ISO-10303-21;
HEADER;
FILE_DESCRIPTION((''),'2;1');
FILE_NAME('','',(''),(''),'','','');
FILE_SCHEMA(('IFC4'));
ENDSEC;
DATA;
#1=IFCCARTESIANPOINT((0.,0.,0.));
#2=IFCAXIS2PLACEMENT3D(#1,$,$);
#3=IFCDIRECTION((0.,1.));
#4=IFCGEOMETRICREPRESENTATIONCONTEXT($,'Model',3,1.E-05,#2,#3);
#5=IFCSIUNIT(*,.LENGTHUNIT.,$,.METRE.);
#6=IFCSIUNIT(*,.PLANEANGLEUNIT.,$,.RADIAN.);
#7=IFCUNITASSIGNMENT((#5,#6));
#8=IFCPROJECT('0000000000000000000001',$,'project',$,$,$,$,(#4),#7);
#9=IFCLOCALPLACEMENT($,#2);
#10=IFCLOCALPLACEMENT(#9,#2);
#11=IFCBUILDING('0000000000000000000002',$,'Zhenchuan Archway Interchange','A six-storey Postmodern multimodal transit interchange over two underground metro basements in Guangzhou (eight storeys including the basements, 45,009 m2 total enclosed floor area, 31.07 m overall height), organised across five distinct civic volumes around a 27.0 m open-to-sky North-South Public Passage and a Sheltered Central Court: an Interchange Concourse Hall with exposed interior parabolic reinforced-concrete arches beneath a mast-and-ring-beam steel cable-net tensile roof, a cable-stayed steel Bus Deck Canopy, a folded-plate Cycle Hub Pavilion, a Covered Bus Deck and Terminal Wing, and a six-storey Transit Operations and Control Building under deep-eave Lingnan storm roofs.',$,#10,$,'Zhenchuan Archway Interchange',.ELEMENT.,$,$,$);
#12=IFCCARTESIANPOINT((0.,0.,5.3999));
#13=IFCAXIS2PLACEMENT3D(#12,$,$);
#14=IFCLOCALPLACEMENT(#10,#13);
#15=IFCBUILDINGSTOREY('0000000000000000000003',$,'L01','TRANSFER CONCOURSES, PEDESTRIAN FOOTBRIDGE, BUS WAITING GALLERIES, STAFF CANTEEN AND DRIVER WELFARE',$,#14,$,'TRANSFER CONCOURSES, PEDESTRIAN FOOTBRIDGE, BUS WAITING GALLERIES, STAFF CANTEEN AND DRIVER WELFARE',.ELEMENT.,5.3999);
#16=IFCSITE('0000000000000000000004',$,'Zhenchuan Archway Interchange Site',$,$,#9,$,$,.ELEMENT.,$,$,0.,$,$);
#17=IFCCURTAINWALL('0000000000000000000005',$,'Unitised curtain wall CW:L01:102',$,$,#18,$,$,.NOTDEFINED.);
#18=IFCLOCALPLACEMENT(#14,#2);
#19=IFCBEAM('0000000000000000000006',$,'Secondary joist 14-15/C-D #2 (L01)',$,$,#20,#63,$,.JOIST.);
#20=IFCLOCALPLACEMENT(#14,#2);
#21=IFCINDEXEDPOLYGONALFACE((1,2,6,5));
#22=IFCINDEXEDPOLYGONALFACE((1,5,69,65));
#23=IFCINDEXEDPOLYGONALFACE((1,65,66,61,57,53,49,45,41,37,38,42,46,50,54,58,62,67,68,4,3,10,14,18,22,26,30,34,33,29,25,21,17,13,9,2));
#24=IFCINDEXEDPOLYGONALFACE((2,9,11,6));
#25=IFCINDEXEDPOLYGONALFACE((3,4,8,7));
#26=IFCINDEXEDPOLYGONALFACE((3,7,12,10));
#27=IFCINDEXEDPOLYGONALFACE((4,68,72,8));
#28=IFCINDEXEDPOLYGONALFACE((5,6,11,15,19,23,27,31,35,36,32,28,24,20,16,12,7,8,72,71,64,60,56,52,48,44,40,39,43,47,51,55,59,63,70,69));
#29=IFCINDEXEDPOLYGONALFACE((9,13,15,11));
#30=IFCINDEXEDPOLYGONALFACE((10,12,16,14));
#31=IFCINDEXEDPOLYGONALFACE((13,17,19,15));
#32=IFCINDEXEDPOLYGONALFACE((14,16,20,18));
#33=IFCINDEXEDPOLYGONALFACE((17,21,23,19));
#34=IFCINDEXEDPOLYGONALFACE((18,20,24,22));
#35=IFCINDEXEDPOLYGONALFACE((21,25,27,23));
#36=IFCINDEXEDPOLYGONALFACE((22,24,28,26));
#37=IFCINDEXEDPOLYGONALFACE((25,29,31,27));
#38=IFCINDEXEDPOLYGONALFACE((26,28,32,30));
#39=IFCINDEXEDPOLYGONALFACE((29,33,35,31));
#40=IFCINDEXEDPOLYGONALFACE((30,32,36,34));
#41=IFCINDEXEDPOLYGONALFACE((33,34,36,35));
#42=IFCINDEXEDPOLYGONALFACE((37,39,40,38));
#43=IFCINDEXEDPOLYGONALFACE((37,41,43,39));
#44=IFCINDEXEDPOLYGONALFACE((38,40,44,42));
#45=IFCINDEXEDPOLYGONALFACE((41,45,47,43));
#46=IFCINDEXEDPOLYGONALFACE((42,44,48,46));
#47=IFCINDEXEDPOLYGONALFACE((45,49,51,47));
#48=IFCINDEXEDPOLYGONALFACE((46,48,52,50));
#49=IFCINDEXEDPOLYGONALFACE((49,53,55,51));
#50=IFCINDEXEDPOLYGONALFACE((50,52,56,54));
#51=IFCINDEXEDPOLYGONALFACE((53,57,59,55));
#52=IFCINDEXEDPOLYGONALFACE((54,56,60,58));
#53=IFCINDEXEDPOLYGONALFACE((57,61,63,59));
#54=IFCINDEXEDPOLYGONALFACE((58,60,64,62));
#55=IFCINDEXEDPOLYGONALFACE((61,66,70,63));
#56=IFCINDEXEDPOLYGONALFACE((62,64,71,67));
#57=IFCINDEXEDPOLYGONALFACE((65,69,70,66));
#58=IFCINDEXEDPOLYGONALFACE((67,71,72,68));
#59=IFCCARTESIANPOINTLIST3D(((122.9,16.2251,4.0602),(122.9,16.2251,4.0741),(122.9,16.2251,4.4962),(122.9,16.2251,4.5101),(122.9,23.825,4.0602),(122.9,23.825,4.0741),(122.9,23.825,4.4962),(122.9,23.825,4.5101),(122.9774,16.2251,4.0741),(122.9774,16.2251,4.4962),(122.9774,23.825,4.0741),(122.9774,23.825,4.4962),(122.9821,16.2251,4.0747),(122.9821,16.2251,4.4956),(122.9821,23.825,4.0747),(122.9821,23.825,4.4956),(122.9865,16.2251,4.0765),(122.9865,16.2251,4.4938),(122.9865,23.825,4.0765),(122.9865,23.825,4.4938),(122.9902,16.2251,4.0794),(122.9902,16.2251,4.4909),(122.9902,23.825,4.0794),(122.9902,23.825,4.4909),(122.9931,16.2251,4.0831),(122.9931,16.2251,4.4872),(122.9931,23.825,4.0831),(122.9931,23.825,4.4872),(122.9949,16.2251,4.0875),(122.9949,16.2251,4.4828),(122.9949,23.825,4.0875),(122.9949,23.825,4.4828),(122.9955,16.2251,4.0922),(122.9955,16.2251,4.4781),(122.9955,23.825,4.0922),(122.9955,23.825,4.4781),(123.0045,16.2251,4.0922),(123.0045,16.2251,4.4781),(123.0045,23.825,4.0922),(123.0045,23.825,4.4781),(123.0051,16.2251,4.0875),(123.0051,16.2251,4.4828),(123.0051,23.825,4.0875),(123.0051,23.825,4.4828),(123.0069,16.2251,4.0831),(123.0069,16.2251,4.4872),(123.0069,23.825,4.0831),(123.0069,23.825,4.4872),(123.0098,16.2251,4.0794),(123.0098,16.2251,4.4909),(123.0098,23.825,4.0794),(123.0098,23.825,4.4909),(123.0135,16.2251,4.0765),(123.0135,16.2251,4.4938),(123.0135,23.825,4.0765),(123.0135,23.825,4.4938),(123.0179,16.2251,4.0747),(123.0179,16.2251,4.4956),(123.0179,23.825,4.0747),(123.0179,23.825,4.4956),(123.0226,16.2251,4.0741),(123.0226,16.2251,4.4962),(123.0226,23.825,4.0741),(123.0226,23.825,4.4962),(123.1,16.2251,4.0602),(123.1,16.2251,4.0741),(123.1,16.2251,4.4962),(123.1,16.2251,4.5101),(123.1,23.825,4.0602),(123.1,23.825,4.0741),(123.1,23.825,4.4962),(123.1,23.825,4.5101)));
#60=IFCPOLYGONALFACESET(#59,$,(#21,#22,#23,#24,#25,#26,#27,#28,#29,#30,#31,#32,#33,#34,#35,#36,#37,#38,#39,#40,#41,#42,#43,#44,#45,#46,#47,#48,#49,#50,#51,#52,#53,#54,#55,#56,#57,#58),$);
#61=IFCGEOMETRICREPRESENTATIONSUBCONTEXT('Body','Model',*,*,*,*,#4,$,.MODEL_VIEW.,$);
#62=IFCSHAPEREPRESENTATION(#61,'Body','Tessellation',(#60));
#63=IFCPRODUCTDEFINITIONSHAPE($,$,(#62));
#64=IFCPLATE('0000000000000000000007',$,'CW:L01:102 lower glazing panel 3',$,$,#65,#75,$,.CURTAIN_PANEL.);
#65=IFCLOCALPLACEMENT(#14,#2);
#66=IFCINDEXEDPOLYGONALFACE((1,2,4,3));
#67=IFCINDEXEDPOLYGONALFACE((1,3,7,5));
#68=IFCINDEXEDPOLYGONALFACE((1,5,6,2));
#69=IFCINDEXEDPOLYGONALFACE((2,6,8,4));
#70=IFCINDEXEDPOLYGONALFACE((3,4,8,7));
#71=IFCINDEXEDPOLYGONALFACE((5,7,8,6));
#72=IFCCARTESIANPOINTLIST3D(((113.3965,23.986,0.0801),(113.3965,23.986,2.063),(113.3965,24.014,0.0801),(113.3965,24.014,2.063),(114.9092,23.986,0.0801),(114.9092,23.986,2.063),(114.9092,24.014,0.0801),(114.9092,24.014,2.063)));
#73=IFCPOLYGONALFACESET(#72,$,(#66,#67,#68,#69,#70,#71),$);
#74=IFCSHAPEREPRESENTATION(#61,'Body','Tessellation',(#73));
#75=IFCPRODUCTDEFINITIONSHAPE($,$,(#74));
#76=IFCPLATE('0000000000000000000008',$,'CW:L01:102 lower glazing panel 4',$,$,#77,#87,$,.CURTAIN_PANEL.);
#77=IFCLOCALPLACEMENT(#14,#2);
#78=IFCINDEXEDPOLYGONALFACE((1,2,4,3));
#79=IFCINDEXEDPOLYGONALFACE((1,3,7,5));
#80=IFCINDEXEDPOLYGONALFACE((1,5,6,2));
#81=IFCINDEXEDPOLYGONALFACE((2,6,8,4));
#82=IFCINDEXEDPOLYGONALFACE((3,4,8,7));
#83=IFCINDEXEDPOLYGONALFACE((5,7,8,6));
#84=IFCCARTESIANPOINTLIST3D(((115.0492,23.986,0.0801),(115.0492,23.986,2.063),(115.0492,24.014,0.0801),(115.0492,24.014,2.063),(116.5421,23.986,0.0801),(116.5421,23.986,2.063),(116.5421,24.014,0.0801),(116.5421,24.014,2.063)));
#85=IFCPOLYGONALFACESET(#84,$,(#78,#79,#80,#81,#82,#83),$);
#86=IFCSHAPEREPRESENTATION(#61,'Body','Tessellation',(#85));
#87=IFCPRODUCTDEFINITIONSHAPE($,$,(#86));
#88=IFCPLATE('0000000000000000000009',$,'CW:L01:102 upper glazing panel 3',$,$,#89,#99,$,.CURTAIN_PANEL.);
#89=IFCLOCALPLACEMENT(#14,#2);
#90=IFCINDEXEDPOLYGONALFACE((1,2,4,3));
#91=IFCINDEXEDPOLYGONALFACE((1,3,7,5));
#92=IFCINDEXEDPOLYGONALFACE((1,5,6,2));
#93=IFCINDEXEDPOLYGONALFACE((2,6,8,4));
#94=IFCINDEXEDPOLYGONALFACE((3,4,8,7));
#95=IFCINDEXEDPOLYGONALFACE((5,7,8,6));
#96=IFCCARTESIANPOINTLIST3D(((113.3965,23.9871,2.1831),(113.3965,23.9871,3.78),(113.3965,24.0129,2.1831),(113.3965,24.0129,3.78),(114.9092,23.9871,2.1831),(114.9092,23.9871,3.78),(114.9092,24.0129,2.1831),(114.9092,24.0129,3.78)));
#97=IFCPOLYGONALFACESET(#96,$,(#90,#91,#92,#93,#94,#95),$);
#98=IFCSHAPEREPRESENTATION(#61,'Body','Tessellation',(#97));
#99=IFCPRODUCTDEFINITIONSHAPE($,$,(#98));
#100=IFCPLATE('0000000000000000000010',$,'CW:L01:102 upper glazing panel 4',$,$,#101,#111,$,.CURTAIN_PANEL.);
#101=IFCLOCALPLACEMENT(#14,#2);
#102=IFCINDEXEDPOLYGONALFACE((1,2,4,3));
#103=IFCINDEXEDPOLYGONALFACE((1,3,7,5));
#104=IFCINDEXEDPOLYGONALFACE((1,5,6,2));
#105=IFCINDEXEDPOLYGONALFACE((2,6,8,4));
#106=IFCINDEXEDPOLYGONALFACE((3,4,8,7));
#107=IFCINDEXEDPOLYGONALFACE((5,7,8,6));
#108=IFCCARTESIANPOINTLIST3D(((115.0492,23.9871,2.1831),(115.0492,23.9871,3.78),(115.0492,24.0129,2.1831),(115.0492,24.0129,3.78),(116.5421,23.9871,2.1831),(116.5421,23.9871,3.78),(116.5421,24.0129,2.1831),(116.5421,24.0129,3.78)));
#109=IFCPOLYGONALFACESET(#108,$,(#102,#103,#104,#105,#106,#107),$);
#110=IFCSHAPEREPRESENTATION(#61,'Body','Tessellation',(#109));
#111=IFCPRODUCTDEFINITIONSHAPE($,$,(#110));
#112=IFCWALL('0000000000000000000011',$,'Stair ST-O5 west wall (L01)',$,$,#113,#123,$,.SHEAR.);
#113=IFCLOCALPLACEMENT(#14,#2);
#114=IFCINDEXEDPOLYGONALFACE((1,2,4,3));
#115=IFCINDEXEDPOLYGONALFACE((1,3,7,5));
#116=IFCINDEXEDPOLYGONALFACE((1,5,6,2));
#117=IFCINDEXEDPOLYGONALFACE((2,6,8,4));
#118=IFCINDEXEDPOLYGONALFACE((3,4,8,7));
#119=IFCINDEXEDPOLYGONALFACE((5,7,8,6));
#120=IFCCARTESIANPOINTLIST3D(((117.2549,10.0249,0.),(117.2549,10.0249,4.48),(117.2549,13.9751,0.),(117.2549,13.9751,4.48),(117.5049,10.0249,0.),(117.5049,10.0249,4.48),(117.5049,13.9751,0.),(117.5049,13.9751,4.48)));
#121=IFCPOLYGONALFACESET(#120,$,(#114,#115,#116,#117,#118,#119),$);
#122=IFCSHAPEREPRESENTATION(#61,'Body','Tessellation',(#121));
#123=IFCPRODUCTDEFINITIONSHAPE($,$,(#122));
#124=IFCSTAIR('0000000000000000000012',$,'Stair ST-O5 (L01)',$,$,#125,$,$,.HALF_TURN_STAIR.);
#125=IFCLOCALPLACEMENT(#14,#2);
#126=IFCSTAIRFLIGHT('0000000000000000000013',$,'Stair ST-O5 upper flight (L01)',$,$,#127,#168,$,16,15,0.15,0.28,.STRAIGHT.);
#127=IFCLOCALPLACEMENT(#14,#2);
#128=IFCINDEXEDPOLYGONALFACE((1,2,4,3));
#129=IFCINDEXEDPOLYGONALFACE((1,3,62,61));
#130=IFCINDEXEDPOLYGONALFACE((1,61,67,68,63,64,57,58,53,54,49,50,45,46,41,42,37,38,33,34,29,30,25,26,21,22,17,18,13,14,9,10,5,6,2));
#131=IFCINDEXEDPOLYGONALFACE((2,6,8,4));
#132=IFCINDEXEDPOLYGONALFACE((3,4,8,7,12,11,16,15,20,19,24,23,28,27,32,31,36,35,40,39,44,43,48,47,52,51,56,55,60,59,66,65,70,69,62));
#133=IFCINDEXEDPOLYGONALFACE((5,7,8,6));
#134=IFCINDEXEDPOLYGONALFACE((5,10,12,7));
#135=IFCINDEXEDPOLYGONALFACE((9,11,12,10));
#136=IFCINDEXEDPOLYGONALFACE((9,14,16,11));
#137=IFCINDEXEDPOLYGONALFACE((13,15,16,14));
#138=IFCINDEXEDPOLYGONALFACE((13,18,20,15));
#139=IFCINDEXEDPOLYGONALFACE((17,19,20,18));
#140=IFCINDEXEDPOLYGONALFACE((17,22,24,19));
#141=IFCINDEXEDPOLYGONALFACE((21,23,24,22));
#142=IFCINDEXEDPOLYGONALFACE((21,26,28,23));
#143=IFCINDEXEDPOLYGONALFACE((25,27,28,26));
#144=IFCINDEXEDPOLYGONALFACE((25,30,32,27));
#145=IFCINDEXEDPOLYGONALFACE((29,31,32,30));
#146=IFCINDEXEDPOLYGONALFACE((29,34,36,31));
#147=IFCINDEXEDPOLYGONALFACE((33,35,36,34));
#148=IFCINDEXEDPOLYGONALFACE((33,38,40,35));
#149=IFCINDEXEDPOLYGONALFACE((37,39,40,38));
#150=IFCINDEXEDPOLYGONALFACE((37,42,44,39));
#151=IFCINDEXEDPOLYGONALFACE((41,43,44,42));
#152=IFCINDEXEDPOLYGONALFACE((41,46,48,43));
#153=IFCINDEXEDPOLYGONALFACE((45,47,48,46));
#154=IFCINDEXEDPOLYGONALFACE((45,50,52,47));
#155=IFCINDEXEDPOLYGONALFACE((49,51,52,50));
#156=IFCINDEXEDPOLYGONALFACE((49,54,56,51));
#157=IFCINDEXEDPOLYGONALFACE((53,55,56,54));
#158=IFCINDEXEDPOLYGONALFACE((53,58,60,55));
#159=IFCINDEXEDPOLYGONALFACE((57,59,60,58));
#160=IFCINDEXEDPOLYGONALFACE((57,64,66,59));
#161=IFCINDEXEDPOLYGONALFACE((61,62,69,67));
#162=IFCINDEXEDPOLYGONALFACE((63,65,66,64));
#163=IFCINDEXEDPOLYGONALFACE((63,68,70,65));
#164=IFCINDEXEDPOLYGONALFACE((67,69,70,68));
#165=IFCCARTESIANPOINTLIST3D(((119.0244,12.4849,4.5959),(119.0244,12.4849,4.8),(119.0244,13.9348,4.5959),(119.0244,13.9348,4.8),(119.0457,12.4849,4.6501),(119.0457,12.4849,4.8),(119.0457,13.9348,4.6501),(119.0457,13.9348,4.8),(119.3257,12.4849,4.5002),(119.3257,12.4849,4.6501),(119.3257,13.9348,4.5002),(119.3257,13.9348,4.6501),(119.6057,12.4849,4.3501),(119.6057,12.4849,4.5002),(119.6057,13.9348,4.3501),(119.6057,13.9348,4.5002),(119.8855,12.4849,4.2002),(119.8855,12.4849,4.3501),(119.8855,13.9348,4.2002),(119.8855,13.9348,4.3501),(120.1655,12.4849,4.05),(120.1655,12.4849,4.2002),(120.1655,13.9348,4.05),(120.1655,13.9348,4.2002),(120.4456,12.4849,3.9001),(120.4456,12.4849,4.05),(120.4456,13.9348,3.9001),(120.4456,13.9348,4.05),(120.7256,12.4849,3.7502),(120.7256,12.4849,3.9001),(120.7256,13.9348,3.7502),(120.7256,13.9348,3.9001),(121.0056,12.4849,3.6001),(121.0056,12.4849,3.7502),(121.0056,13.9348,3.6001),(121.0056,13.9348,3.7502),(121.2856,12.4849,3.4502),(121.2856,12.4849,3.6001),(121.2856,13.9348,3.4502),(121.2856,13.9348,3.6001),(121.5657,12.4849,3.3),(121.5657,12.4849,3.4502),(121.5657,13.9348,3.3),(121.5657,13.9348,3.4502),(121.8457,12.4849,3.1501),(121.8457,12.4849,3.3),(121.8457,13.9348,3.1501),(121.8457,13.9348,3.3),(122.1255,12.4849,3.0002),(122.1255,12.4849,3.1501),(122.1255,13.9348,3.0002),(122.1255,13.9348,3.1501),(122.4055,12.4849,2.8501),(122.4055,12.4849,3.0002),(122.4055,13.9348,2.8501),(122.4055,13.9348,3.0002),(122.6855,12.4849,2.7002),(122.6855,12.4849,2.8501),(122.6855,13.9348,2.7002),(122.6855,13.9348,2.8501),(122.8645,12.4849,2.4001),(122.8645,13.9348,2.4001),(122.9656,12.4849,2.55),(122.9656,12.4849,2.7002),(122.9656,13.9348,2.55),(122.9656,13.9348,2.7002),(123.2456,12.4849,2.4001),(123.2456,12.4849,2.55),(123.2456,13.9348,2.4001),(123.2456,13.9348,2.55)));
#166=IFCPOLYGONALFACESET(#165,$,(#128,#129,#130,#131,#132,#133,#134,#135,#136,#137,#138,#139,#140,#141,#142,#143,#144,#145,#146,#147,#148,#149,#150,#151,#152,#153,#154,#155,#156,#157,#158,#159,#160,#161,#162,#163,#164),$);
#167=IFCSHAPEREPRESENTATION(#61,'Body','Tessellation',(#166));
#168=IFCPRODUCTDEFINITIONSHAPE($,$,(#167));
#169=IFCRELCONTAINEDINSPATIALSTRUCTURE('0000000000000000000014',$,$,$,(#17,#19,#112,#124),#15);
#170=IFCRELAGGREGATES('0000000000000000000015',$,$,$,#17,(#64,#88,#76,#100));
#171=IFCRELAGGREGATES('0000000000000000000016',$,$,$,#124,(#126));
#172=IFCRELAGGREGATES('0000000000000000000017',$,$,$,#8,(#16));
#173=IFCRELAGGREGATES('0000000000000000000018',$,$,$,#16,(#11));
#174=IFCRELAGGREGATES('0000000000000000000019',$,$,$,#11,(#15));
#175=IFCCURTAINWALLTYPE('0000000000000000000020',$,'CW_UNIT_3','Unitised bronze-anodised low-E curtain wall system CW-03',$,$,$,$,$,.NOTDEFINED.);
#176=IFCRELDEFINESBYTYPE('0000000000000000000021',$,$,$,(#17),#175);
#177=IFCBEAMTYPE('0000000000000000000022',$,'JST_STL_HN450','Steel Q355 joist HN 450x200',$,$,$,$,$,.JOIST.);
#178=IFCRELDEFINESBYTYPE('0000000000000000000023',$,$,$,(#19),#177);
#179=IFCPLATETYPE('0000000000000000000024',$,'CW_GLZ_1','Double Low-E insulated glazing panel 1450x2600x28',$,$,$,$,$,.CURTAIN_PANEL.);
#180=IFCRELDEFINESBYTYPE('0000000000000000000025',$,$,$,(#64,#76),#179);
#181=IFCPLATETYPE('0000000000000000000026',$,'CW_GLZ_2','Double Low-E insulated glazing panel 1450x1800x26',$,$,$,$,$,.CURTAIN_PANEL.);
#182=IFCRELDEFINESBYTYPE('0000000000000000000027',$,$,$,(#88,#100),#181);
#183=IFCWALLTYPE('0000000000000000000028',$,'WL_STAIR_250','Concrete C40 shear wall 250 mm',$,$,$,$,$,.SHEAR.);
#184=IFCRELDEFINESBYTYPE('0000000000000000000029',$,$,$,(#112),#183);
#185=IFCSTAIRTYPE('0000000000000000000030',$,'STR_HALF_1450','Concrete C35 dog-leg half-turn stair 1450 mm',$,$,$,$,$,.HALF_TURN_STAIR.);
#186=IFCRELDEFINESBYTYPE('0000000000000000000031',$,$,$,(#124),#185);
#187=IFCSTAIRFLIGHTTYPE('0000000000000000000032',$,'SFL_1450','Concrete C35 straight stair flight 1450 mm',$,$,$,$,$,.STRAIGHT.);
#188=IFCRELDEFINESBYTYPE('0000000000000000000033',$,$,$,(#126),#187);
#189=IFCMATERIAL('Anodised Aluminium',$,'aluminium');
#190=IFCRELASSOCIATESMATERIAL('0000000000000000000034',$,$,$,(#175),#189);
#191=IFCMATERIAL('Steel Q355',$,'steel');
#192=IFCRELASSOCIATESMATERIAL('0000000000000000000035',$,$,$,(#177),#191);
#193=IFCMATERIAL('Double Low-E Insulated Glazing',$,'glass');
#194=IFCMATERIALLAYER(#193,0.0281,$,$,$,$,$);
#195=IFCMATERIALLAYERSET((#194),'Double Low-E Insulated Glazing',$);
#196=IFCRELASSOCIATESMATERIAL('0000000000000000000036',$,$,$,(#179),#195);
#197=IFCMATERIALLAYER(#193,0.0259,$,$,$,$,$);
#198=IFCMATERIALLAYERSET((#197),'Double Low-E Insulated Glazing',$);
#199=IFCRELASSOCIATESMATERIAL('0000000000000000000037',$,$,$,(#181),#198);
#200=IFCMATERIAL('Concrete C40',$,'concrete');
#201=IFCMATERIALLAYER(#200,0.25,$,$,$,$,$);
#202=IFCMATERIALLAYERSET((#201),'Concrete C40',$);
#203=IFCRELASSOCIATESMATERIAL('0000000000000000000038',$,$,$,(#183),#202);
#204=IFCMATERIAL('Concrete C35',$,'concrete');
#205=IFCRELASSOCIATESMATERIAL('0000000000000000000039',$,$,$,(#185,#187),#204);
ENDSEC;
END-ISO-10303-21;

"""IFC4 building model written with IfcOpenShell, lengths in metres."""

from ifc_helpers import new_model, si_unit, direction, frame, frame_2d, origin, origin_2d, place, context, subcontext, project, spatial, polyline, rectangle, i_section, outline, extrude, material, layer, layer_set, material_profile, profile_set, type_object, element, aggregate, save


model = new_model("IFC4")

# Units and contexts
model_context = context("Model", 3, precision=1e-05, world=origin(), true_north=direction((0.0, 1.0)))
body_context = subcontext(model_context, "Body", "Model", "MODEL_VIEW")
ifc_project = project(units=[si_unit("LENGTHUNIT", "METRE"), si_unit("PLANEANGLEUNIT", "RADIAN")], contexts=[model_context])

# Site, building, storey
site_placement = place(None, origin())
site = spatial("IfcSite", under=ifc_project, at=site_placement, Name="Zhenchuan Archway Interchange Site", CompositionType="ELEMENT", RefElevation=0.0)
building_placement = place(site_placement, origin())
building = spatial("IfcBuilding", under=site, at=building_placement, Name="Zhenchuan Archway Interchange", Description="A six-storey Postmodern multimodal transit interchange over two underground metro basements in Guangzhou (eight storeys including the basements, 45,009 m2 total enclosed floor area, 31.07 m overall height), organised across five distinct civic volumes around a 27.0 m open-to-sky North-South Public Passage and a Sheltered Central Court: an Interchange Concourse Hall with exposed interior parabolic reinforced-concrete arches beneath a mast-and-ring-beam steel cable-net tensile roof, a cable-stayed steel Bus Deck Canopy, a folded-plate Cycle Hub Pavilion, a Covered Bus Deck and Terminal Wing, and a six-storey Transit Operations and Control Building under deep-eave Lingnan storm roofs.", LongName="Zhenchuan Archway Interchange", CompositionType="ELEMENT")
storey_placement = place(building_placement, frame((0.0, 0.0, 5.3999)))
storey = spatial("IfcBuildingStorey", under=building, at=storey_placement, Name="L01", Description="TRANSFER CONCOURSES, PEDESTRIAN FOOTBRIDGE, BUS WAITING GALLERIES, STAFF CANTEEN AND DRIVER WELFARE", LongName="TRANSFER CONCOURSES, PEDESTRIAN FOOTBRIDGE, BUS WAITING GALLERIES, STAFF CANTEEN AND DRIVER WELFARE", CompositionType="ELEMENT", Elevation=5.3999)

# Shared definitions
ifc_material_1 = material(Name="Concrete C40", Category="concrete")

# Curtain wall
ifc_material_2 = material(Name="Anodised Aluminium", Category="aluminium")
curtain_wall_type = type_object("IfcCurtainWallType", Name="CW_UNIT_3", Description="Unitised bronze-anodised low-E curtain wall system CW-03", PredefinedType="NOTDEFINED", material=ifc_material_2)
curtain_wall_placement = place(storey_placement, origin())
curtain_wall = element("IfcCurtainWall", 1, at=curtain_wall_placement, inside=storey, type_object=curtain_wall_type, Name="Unitised curtain wall CW:L01:102", PredefinedType="NOTDEFINED")

# Beam
ifc_material_3 = material(Name="Steel Q355", Category="steel")
ifc_material_profile_1 = material_profile(ifc_material_3, i_section(OverallWidth=0.2, OverallDepth=0.45, WebThickness=0.009, FlangeThickness=0.0139, FilletRadius=0.0181, at=origin_2d()), Name="HN 450x200")
ifc_profile_set_1 = profile_set([ifc_material_profile_1], Name="Steel Q355")
beam_type_1 = type_object("IfcBeamType", Name="JST_STL_HN450", Description="Steel Q355 joist HN 450x200", PredefinedType="JOIST", material=ifc_profile_set_1)
for number, where, z_axis, x_axis, name in (
    (2, (123.0, 16.2251, 4.2852), (0.0, 1.0, 0.0), (-1.0, 0.0, 0.0), "Secondary joist 14-15/C-D #2 (L01)"),
):
    element("IfcBeam", number, at=place(storey_placement, frame(where, z_axis=z_axis, x_axis=x_axis)), inside=storey, type_object=beam_type_1, Name=name, PredefinedType="JOIST", context=body_context, shape_type="SweptSolid", body=[
        extrude(i_section(OverallWidth=0.2, OverallDepth=0.45, WebThickness=0.009, FlangeThickness=0.0139, FilletRadius=0.0181, at=origin_2d()), origin(), (0.0, 0.0, 1.0), 7.5999),
    ])

# Plates
ifc_material_4 = material(Name="Double Low-E Insulated Glazing", Category="glass")
ifc_layer_1 = layer(ifc_material_4, 0.0281)
ifc_layer_set_1 = layer_set([ifc_layer_1], Name="Double Low-E Insulated Glazing")
plate_type_1 = type_object("IfcPlateType", Name="CW_GLZ_1", Description="Double Low-E insulated glazing panel 1450x2600x28", PredefinedType="CURTAIN_PANEL", material=ifc_layer_set_1)
plate_1_placement = place(storey_placement, frame((114.1528, 24.0, 0.0801), z_axis=(0.0, 0.0, 1.0), x_axis=(1.0, 0.0, 0.0)))
plate_1 = element("IfcPlate", 3, at=plate_1_placement, type_object=plate_type_1, Name="CW:L01:102 lower glazing panel 3", PredefinedType="CURTAIN_PANEL", context=body_context, shape_type="SweptSolid", body=[
    extrude(rectangle(XDim=1.5127, YDim=0.0281, at=origin_2d()), origin(), (0.0, 0.0, 1.0), 1.9829),
])
plate_2_placement = place(storey_placement, frame((115.7957, 24.0, 0.0801), z_axis=(0.0, 0.0, 1.0), x_axis=(1.0, 0.0, 0.0)))
plate_2 = element("IfcPlate", 4, at=plate_2_placement, type_object=plate_type_1, Name="CW:L01:102 lower glazing panel 4", PredefinedType="CURTAIN_PANEL", context=body_context, shape_type="SweptSolid", body=[
    extrude(rectangle(XDim=1.4929, YDim=0.0281, at=origin_2d()), origin(), (0.0, 0.0, 1.0), 1.9829),
])
ifc_layer_2 = layer(ifc_material_4, 0.0259)
ifc_layer_set_2 = layer_set([ifc_layer_2], Name="Double Low-E Insulated Glazing")
plate_type_2 = type_object("IfcPlateType", Name="CW_GLZ_2", Description="Double Low-E insulated glazing panel 1450x1800x26", PredefinedType="CURTAIN_PANEL", material=ifc_layer_set_2)
plate_3_placement = place(storey_placement, frame((114.1528, 24.0, 2.1831), z_axis=(0.0, 0.0, 1.0), x_axis=(1.0, 0.0, 0.0)))
plate_3 = element("IfcPlate", 5, at=plate_3_placement, type_object=plate_type_2, Name="CW:L01:102 upper glazing panel 3", PredefinedType="CURTAIN_PANEL", context=body_context, shape_type="SweptSolid", body=[
    extrude(rectangle(XDim=1.5127, YDim=0.0259, at=origin_2d()), origin(), (0.0, 0.0, 1.0), 1.5969),
])
plate_4_placement = place(storey_placement, frame((115.7957, 24.0, 2.1831), z_axis=(0.0, 0.0, 1.0), x_axis=(1.0, 0.0, 0.0)))
plate_4 = element("IfcPlate", 6, at=plate_4_placement, type_object=plate_type_2, Name="CW:L01:102 upper glazing panel 4", PredefinedType="CURTAIN_PANEL", context=body_context, shape_type="SweptSolid", body=[
    extrude(rectangle(XDim=1.4929, YDim=0.0259, at=origin_2d()), origin(), (0.0, 0.0, 1.0), 1.5969),
])
aggregate(curtain_wall, [plate_1, plate_3, plate_2, plate_4])

# Wall
ifc_layer_3 = layer(ifc_material_1, 0.25)
ifc_layer_set_3 = layer_set([ifc_layer_3], Name="Concrete C40")
wall_type = type_object("IfcWallType", Name="WL_STAIR_250", Description="Concrete C40 shear wall 250 mm", PredefinedType="SHEAR", material=ifc_layer_set_3)
wall_placement = place(storey_placement, frame((117.3799, 13.9751, 0.0), z_axis=(0.0, 0.0, 1.0), x_axis=(0.0, -1.0, 0.0)))
element("IfcWall", 7, at=wall_placement, inside=storey, type_object=wall_type, Name="Stair ST-O5 west wall (L01)", PredefinedType="SHEAR", context=body_context, shape_type="SweptSolid", body=[
    extrude(rectangle(XDim=3.9502, YDim=0.25, at=frame_2d((1.9751, 0.0))), origin(), (0.0, 0.0, 1.0), 4.48),
])

# Stair, stair flight
ifc_material_5 = material(Name="Concrete C35", Category="concrete")
stair_type = type_object("IfcStairType", Name="STR_HALF_1450", Description="Concrete C35 dog-leg half-turn stair 1450 mm", PredefinedType="HALF_TURN_STAIR", material=ifc_material_5)
stair_placement = place(storey_placement, origin())
stair = element("IfcStair", 8, at=stair_placement, inside=storey, type_object=stair_type, Name="Stair ST-O5 (L01)", PredefinedType="HALF_TURN_STAIR")
stair_flight_type = type_object("IfcStairFlightType", Name="SFL_1450", Description="Concrete C35 straight stair flight 1450 mm", PredefinedType="STRAIGHT", material=ifc_material_5)
stair_flight_placement = place(storey_placement, frame((123.2456, 13.21, 2.4001), z_axis=(0.0, 0.0, 1.0), x_axis=(-1.0, 0.0, 0.0)))
stair_flight = element("IfcStairFlight", 9, at=stair_flight_placement, type_object=stair_flight_type, Name="Stair ST-O5 upper flight (L01)", NumberOfRisers=16, NumberOfTreads=15, PredefinedType="STRAIGHT", RiserHeight=0.15, TreadLength=0.28, context=body_context, shape_type="SweptSolid", body=[
    extrude(outline(polyline([(0.0, 0.0), (0.0, 0.1499), (0.28, 0.1499), (0.28, 0.3), (0.5601, 0.3), (0.5601, 0.45), (0.8401, 0.45), (0.8401, 0.6001), (1.1201, 0.6001), (1.1201, 0.75), (1.3999, 0.75), (1.3999, 0.8999), (1.6799, 0.8999), (1.6799, 1.05), (1.96, 1.05), (1.96, 1.2), (2.24, 1.2), (2.24, 1.3501), (2.52, 1.3501), (2.52, 1.5), (2.8, 1.5), (2.8, 1.6499), (3.0801, 1.6499), (3.0801, 1.8), (3.3601, 1.8), (3.3601, 1.95), (3.6399, 1.95), (3.6399, 2.1001), (3.9199, 2.1001), (3.9199, 2.25), (4.2, 2.25), (4.2, 2.3999), (4.2212, 2.3999), (4.2212, 2.1958), (0.3811, 0.0), (0.0, 0.0)])), frame((0.0, 0.7251, 0.0), z_axis=(0.0, -1.0, 0.0), x_axis=(1.0, 0.0, 0.0)), (0.0, 0.0, 1.0), 1.45),
])
aggregate(stair, [stair_flight])

save(model, "model.ifc")
